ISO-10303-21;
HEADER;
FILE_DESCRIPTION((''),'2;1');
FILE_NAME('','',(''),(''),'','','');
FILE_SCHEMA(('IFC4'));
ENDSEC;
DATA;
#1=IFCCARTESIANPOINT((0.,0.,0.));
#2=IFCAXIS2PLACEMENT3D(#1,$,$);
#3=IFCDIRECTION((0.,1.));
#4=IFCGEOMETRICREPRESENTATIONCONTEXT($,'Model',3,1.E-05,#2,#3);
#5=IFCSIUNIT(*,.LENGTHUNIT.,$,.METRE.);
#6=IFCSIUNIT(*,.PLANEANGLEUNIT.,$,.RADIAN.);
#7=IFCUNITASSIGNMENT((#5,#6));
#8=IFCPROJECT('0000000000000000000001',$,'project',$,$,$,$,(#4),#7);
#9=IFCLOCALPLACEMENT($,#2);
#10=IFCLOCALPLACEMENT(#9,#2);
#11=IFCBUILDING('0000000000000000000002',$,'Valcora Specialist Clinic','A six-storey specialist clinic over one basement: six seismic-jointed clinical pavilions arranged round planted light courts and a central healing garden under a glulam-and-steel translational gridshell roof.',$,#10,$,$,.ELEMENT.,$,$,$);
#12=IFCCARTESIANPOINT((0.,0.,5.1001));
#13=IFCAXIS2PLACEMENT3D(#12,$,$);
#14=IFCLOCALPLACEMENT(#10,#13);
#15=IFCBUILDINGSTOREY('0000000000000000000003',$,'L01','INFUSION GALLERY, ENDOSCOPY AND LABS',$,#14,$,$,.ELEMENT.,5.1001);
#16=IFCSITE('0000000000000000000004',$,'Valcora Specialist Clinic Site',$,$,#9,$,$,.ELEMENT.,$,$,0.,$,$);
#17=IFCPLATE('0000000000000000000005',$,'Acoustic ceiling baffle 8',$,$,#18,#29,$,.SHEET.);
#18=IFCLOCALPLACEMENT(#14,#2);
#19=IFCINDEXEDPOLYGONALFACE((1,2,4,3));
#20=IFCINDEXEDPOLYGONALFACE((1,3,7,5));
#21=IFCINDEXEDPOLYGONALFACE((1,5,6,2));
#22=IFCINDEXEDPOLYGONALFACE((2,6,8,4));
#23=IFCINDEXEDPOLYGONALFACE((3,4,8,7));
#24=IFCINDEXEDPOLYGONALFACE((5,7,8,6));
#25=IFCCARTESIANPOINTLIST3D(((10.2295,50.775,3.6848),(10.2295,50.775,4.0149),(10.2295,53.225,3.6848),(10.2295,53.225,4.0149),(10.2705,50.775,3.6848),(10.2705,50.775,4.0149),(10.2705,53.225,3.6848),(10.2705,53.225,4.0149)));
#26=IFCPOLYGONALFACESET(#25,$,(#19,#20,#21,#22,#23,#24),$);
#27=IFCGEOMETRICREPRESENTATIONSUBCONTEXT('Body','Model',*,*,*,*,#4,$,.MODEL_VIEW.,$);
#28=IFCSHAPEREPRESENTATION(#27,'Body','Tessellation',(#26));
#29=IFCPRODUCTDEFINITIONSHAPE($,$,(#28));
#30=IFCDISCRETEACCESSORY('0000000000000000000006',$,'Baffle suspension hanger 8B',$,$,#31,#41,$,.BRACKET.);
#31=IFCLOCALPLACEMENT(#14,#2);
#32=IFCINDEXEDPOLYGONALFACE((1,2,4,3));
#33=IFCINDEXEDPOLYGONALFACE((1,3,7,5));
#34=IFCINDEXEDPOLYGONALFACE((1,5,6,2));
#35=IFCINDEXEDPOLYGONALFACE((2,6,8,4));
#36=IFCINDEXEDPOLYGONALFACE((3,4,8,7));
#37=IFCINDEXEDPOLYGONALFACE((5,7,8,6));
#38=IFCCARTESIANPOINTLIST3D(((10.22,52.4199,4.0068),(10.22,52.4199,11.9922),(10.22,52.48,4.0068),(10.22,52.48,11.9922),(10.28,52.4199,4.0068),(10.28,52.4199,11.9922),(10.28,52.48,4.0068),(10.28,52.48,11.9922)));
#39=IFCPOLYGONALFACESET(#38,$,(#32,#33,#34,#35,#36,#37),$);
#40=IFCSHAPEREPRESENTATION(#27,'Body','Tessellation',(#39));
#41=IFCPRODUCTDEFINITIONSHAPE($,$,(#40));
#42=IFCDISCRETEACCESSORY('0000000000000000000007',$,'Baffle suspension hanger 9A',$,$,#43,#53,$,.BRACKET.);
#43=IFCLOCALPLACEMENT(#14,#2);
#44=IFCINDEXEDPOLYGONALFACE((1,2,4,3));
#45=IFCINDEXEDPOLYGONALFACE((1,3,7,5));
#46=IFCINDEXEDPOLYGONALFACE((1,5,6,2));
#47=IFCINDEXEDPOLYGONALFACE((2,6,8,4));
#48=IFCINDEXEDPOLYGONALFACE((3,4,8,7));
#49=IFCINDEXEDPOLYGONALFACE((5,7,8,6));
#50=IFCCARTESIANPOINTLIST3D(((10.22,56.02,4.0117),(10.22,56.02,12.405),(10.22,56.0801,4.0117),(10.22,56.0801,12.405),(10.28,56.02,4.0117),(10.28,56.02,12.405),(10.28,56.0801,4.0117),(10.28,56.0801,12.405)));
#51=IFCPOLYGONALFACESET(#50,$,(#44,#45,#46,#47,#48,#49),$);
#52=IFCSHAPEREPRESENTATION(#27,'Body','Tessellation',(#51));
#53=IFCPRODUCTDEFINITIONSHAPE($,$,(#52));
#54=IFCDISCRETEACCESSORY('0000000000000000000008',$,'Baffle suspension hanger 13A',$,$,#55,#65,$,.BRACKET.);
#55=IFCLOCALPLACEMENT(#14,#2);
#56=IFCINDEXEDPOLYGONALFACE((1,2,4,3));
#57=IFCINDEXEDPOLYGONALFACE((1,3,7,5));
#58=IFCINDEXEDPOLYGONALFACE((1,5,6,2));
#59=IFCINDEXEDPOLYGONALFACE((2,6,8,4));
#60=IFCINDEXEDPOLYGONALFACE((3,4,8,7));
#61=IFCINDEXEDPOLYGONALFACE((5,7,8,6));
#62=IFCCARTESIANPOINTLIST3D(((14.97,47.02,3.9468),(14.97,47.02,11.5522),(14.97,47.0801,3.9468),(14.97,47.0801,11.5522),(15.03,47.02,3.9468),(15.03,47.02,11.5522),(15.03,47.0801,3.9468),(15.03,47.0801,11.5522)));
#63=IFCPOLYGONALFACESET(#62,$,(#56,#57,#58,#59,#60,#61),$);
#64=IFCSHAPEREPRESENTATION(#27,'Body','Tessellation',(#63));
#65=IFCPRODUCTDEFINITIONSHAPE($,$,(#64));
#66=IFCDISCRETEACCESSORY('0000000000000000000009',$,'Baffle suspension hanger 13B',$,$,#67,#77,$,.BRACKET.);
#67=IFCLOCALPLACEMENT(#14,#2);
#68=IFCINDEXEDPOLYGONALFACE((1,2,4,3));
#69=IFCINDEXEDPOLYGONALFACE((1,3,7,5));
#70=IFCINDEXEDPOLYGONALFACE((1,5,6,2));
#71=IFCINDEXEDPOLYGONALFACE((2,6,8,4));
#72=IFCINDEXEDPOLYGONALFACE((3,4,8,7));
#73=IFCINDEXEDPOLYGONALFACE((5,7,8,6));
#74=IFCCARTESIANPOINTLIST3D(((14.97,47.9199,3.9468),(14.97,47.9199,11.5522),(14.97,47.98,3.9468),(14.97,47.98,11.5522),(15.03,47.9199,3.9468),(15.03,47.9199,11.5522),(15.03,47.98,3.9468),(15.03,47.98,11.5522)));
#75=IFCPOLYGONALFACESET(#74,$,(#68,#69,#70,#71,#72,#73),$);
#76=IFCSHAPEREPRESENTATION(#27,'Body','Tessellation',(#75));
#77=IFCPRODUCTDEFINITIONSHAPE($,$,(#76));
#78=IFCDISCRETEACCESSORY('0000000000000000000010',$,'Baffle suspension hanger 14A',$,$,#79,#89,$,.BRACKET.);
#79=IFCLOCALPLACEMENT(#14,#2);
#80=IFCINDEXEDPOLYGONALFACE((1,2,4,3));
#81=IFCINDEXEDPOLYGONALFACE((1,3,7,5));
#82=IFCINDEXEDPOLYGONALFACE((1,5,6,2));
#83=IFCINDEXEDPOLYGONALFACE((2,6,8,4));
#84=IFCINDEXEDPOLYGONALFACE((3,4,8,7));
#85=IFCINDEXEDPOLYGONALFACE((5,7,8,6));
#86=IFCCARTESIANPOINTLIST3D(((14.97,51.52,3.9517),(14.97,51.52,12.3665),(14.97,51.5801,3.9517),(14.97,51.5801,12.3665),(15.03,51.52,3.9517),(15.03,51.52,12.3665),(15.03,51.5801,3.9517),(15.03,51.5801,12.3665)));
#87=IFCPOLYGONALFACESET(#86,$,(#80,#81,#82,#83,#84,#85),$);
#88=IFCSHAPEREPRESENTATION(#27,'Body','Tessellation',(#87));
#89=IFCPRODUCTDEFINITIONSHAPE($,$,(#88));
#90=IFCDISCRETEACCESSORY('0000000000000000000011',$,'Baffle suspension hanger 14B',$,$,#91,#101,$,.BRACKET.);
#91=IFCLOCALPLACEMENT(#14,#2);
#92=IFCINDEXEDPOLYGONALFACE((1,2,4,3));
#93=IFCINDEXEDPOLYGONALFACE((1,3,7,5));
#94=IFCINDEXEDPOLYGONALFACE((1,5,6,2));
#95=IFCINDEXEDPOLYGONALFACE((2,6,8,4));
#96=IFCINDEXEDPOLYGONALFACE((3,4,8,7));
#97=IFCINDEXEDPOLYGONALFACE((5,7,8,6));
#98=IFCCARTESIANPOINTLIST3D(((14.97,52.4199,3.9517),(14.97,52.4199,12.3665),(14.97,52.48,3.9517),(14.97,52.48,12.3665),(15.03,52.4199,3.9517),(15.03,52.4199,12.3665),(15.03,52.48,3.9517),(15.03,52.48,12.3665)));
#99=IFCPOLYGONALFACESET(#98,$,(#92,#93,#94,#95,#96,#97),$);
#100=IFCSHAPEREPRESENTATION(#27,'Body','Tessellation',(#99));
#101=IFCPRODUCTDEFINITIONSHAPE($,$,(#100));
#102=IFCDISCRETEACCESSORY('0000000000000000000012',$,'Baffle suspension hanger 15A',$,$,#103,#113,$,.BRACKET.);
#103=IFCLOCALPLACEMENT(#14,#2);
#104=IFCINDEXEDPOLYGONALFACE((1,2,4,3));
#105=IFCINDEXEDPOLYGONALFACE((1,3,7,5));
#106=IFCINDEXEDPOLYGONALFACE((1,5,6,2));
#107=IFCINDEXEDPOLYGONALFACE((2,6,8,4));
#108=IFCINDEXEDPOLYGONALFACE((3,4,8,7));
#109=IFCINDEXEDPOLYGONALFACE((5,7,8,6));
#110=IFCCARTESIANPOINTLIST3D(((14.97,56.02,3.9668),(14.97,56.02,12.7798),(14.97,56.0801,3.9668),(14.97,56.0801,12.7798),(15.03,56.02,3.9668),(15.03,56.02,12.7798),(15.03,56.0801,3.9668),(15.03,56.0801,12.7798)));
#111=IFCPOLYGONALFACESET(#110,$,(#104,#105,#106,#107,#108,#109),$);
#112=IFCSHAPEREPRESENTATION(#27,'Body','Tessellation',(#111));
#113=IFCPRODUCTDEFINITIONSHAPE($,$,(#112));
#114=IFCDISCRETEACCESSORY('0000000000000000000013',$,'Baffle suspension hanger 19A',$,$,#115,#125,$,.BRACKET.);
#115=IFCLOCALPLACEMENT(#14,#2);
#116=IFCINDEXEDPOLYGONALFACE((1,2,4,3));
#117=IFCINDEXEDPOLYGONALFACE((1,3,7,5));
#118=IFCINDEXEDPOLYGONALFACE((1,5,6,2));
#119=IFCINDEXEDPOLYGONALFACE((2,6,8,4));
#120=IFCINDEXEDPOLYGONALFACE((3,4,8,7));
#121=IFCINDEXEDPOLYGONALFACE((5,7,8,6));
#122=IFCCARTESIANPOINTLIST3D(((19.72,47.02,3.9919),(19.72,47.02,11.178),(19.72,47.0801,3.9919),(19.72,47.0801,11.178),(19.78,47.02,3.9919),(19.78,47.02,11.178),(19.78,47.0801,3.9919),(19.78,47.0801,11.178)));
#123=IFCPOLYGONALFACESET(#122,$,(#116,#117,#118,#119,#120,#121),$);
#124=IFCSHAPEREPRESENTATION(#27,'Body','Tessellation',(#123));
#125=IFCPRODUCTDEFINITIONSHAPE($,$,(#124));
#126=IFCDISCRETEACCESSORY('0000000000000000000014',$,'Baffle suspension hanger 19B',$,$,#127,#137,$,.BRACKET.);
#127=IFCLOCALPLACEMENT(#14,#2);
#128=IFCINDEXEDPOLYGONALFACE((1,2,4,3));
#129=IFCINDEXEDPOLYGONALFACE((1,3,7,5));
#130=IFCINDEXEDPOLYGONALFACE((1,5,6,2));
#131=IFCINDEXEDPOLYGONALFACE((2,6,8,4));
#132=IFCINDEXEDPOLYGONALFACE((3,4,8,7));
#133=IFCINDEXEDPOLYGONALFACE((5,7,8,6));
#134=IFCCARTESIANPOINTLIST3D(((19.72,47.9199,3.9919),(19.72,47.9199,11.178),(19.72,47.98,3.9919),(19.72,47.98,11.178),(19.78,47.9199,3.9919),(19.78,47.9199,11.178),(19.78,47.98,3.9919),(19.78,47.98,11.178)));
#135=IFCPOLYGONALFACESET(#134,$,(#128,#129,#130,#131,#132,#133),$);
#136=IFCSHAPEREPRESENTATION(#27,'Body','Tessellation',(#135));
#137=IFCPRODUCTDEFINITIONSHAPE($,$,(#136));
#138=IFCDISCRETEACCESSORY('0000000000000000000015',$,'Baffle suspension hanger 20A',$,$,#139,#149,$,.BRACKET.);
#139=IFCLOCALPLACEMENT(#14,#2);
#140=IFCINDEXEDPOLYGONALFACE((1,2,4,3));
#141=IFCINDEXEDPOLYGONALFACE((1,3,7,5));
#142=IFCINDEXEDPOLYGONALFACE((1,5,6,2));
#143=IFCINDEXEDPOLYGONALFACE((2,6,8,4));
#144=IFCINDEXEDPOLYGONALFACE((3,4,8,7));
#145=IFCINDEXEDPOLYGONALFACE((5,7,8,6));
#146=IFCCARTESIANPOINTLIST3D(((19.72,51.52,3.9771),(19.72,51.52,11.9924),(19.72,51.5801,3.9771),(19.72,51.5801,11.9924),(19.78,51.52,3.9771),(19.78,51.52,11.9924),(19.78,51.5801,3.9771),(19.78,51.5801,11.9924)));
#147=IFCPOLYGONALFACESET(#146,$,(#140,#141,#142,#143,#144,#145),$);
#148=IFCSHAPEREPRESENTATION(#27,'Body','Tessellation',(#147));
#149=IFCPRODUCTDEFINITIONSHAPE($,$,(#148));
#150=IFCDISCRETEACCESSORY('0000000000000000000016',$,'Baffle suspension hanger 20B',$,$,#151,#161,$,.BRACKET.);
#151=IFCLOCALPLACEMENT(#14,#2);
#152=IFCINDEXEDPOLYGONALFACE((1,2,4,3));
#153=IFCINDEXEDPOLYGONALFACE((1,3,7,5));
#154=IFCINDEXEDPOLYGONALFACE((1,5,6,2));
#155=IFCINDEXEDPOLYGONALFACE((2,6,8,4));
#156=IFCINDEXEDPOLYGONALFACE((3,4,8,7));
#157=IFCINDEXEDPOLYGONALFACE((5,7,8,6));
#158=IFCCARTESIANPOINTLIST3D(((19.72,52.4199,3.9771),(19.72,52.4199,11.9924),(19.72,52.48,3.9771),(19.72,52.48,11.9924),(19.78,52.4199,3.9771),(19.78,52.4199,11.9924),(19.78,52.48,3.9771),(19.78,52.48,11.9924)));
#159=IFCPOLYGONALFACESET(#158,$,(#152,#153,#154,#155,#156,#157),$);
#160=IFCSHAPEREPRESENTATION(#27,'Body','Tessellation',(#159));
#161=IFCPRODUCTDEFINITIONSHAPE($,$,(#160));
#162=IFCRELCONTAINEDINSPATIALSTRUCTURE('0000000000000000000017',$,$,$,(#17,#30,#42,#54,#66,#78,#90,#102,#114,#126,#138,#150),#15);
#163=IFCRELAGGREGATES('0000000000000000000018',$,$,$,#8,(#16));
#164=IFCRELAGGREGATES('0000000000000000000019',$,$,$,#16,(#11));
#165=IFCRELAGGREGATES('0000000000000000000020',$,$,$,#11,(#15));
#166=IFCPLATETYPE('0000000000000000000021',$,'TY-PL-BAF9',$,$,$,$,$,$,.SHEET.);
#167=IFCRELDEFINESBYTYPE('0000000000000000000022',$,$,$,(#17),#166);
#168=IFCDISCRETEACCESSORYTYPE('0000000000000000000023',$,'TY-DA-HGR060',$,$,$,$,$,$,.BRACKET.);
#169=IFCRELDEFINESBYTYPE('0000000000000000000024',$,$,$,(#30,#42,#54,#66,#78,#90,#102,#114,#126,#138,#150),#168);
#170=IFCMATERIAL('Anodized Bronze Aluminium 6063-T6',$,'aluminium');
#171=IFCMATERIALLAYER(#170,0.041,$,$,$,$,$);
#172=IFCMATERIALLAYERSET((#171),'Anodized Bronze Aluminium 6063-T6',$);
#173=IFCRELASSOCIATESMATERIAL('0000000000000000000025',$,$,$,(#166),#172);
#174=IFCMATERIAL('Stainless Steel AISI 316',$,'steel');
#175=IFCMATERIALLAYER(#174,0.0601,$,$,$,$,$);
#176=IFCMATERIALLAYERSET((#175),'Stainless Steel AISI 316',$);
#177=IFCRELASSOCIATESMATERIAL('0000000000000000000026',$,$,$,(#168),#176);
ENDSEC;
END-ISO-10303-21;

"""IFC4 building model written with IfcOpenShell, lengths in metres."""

from ifc_helpers import new_model, si_unit, direction, frame, origin, origin_2d, place, context, subcontext, project, spatial, rectangle, extrude, material, layer, layer_set, type_object, element, save


model = new_model("IFC4")

# Units and contexts
model_context = context("Model", 3, precision=1e-05, world=origin(), true_north=direction((0.0, 1.0)))
body_context = subcontext(model_context, "Body", "Model", "MODEL_VIEW")
ifc_project = project(units=[si_unit("LENGTHUNIT", "METRE"), si_unit("PLANEANGLEUNIT", "RADIAN")], contexts=[model_context])

# Site, building, storey
site_placement = place(None, origin())
site = spatial("IfcSite", under=ifc_project, at=site_placement, Name="Valcora Specialist Clinic Site", CompositionType="ELEMENT", RefElevation=0.0)
building_placement = place(site_placement, origin())
building = spatial("IfcBuilding", under=site, at=building_placement, Name="Valcora Specialist Clinic", Description="A six-storey specialist clinic over one basement: six seismic-jointed clinical pavilions arranged round planted light courts and a central healing garden under a glulam-and-steel translational gridshell roof.", CompositionType="ELEMENT")
storey_placement = place(building_placement, frame((0.0, 0.0, 5.1001)))
storey = spatial("IfcBuildingStorey", under=building, at=storey_placement, Name="L01", Description="INFUSION GALLERY, ENDOSCOPY AND LABS", CompositionType="ELEMENT", Elevation=5.1001)

# Plate
ifc_material_1 = material(Name="Anodized Bronze Aluminium 6063-T6", Category="aluminium")
ifc_layer_1 = layer(ifc_material_1, 0.041)
ifc_layer_set_1 = layer_set([ifc_layer_1], Name="Anodized Bronze Aluminium 6063-T6")
plate_type_1 = type_object("IfcPlateType", Name="TY-PL-BAF9", PredefinedType="SHEET", material=ifc_layer_set_1)
plate_1_placement = place(storey_placement, frame((10.25, 52.0, 3.6848), z_axis=(0.0, 0.0, 1.0), x_axis=(0.0, 1.0, 0.0)))
element("IfcPlate", 1, at=plate_1_placement, inside=storey, type_object=plate_type_1, Name="Acoustic ceiling baffle 8", PredefinedType="SHEET", context=body_context, shape_type="SweptSolid", body=[
    extrude(rectangle(XDim=2.45, YDim=0.041, at=origin_2d()), origin(), (0.0, 0.0, 1.0), 0.3301),
])

# Discrete accessories
ifc_material_2 = material(Name="Stainless Steel AISI 316", Category="steel")
ifc_layer_2 = layer(ifc_material_2, 0.0601)
ifc_layer_set_2 = layer_set([ifc_layer_2], Name="Stainless Steel AISI 316")
discrete_accessory_type = type_object("IfcDiscreteAccessoryType", Name="TY-DA-HGR060", PredefinedType="BRACKET", material=ifc_layer_set_2)
discrete_accessory_1_placement = place(storey_placement, frame((10.25, 52.45, 4.0068), z_axis=(0.0, 0.0, 1.0), x_axis=(1.0, 0.0, 0.0)))
element("IfcDiscreteAccessory", 2, at=discrete_accessory_1_placement, inside=storey, type_object=discrete_accessory_type, Name="Baffle suspension hanger 8B", PredefinedType="BRACKET", context=body_context, shape_type="SweptSolid", body=[
    extrude(rectangle(XDim=0.0601, YDim=0.0601, at=origin_2d()), origin(), (0.0, 0.0, 1.0), 7.9854),
])
discrete_accessory_2_placement = place(storey_placement, frame((10.25, 56.05, 4.0117), z_axis=(0.0, 0.0, 1.0), x_axis=(1.0, 0.0, 0.0)))
element("IfcDiscreteAccessory", 3, at=discrete_accessory_2_placement, inside=storey, type_object=discrete_accessory_type, Name="Baffle suspension hanger 9A", PredefinedType="BRACKET", context=body_context, shape_type="SweptSolid", body=[
    extrude(rectangle(XDim=0.0601, YDim=0.0601, at=origin_2d()), origin(), (0.0, 0.0, 1.0), 8.3933),
])
for number, where, z_axis, x_axis, name in (
    (4, (15.0, 47.05, 3.9468), (0.0, 0.0, 1.0), (1.0, 0.0, 0.0), "Baffle suspension hanger 13A"),
    (5, (15.0, 47.95, 3.9468), (0.0, 0.0, 1.0), (1.0, 0.0, 0.0), "Baffle suspension hanger 13B"),
):
    element("IfcDiscreteAccessory", number, at=place(storey_placement, frame(where, z_axis=z_axis, x_axis=x_axis)), inside=storey, type_object=discrete_accessory_type, Name=name, PredefinedType="BRACKET", context=body_context, shape_type="SweptSolid", body=[
        extrude(rectangle(XDim=0.0601, YDim=0.0601, at=origin_2d()), origin(), (0.0, 0.0, 1.0), 7.6055),
    ])
for number, where, z_axis, x_axis, name in (
    (6, (15.0, 51.55, 3.9517), (0.0, 0.0, 1.0), (1.0, 0.0, 0.0), "Baffle suspension hanger 14A"),
    (7, (15.0, 52.45, 3.9517), (0.0, 0.0, 1.0), (1.0, 0.0, 0.0), "Baffle suspension hanger 14B"),
):
    element("IfcDiscreteAccessory", number, at=place(storey_placement, frame(where, z_axis=z_axis, x_axis=x_axis)), inside=storey, type_object=discrete_accessory_type, Name=name, PredefinedType="BRACKET", context=body_context, shape_type="SweptSolid", body=[
        extrude(rectangle(XDim=0.0601, YDim=0.0601, at=origin_2d()), origin(), (0.0, 0.0, 1.0), 8.4148),
    ])
discrete_accessory_3_placement = place(storey_placement, frame((15.0, 56.05, 3.9668), z_axis=(0.0, 0.0, 1.0), x_axis=(1.0, 0.0, 0.0)))
element("IfcDiscreteAccessory", 8, at=discrete_accessory_3_placement, inside=storey, type_object=discrete_accessory_type, Name="Baffle suspension hanger 15A", PredefinedType="BRACKET", context=body_context, shape_type="SweptSolid", body=[
    extrude(rectangle(XDim=0.0601, YDim=0.0601, at=origin_2d()), origin(), (0.0, 0.0, 1.0), 8.813),
])
for number, where, z_axis, x_axis, name in (
    (9, (19.75, 47.05, 3.9919), (0.0, 0.0, 1.0), (1.0, 0.0, 0.0), "Baffle suspension hanger 19A"),
    (10, (19.75, 47.95, 3.9919), (0.0, 0.0, 1.0), (1.0, 0.0, 0.0), "Baffle suspension hanger 19B"),
):
    element("IfcDiscreteAccessory", number, at=place(storey_placement, frame(where, z_axis=z_axis, x_axis=x_axis)), inside=storey, type_object=discrete_accessory_type, Name=name, PredefinedType="BRACKET", context=body_context, shape_type="SweptSolid", body=[
        extrude(rectangle(XDim=0.0601, YDim=0.0601, at=origin_2d()), origin(), (0.0, 0.0, 1.0), 7.186),
    ])
for number, where, z_axis, x_axis, name in (
    (11, (19.75, 51.55, 3.9771), (0.0, 0.0, 1.0), (1.0, 0.0, 0.0), "Baffle suspension hanger 20A"),
    (12, (19.75, 52.45, 3.9771), (0.0, 0.0, 1.0), (1.0, 0.0, 0.0), "Baffle suspension hanger 20B"),
):
    element("IfcDiscreteAccessory", number, at=place(storey_placement, frame(where, z_axis=z_axis, x_axis=x_axis)), inside=storey, type_object=discrete_accessory_type, Name=name, PredefinedType="BRACKET", context=body_context, shape_type="SweptSolid", body=[
        extrude(rectangle(XDim=0.0601, YDim=0.0601, at=origin_2d()), origin(), (0.0, 0.0, 1.0), 8.0154),
    ])

save(model, "model.ifc")
